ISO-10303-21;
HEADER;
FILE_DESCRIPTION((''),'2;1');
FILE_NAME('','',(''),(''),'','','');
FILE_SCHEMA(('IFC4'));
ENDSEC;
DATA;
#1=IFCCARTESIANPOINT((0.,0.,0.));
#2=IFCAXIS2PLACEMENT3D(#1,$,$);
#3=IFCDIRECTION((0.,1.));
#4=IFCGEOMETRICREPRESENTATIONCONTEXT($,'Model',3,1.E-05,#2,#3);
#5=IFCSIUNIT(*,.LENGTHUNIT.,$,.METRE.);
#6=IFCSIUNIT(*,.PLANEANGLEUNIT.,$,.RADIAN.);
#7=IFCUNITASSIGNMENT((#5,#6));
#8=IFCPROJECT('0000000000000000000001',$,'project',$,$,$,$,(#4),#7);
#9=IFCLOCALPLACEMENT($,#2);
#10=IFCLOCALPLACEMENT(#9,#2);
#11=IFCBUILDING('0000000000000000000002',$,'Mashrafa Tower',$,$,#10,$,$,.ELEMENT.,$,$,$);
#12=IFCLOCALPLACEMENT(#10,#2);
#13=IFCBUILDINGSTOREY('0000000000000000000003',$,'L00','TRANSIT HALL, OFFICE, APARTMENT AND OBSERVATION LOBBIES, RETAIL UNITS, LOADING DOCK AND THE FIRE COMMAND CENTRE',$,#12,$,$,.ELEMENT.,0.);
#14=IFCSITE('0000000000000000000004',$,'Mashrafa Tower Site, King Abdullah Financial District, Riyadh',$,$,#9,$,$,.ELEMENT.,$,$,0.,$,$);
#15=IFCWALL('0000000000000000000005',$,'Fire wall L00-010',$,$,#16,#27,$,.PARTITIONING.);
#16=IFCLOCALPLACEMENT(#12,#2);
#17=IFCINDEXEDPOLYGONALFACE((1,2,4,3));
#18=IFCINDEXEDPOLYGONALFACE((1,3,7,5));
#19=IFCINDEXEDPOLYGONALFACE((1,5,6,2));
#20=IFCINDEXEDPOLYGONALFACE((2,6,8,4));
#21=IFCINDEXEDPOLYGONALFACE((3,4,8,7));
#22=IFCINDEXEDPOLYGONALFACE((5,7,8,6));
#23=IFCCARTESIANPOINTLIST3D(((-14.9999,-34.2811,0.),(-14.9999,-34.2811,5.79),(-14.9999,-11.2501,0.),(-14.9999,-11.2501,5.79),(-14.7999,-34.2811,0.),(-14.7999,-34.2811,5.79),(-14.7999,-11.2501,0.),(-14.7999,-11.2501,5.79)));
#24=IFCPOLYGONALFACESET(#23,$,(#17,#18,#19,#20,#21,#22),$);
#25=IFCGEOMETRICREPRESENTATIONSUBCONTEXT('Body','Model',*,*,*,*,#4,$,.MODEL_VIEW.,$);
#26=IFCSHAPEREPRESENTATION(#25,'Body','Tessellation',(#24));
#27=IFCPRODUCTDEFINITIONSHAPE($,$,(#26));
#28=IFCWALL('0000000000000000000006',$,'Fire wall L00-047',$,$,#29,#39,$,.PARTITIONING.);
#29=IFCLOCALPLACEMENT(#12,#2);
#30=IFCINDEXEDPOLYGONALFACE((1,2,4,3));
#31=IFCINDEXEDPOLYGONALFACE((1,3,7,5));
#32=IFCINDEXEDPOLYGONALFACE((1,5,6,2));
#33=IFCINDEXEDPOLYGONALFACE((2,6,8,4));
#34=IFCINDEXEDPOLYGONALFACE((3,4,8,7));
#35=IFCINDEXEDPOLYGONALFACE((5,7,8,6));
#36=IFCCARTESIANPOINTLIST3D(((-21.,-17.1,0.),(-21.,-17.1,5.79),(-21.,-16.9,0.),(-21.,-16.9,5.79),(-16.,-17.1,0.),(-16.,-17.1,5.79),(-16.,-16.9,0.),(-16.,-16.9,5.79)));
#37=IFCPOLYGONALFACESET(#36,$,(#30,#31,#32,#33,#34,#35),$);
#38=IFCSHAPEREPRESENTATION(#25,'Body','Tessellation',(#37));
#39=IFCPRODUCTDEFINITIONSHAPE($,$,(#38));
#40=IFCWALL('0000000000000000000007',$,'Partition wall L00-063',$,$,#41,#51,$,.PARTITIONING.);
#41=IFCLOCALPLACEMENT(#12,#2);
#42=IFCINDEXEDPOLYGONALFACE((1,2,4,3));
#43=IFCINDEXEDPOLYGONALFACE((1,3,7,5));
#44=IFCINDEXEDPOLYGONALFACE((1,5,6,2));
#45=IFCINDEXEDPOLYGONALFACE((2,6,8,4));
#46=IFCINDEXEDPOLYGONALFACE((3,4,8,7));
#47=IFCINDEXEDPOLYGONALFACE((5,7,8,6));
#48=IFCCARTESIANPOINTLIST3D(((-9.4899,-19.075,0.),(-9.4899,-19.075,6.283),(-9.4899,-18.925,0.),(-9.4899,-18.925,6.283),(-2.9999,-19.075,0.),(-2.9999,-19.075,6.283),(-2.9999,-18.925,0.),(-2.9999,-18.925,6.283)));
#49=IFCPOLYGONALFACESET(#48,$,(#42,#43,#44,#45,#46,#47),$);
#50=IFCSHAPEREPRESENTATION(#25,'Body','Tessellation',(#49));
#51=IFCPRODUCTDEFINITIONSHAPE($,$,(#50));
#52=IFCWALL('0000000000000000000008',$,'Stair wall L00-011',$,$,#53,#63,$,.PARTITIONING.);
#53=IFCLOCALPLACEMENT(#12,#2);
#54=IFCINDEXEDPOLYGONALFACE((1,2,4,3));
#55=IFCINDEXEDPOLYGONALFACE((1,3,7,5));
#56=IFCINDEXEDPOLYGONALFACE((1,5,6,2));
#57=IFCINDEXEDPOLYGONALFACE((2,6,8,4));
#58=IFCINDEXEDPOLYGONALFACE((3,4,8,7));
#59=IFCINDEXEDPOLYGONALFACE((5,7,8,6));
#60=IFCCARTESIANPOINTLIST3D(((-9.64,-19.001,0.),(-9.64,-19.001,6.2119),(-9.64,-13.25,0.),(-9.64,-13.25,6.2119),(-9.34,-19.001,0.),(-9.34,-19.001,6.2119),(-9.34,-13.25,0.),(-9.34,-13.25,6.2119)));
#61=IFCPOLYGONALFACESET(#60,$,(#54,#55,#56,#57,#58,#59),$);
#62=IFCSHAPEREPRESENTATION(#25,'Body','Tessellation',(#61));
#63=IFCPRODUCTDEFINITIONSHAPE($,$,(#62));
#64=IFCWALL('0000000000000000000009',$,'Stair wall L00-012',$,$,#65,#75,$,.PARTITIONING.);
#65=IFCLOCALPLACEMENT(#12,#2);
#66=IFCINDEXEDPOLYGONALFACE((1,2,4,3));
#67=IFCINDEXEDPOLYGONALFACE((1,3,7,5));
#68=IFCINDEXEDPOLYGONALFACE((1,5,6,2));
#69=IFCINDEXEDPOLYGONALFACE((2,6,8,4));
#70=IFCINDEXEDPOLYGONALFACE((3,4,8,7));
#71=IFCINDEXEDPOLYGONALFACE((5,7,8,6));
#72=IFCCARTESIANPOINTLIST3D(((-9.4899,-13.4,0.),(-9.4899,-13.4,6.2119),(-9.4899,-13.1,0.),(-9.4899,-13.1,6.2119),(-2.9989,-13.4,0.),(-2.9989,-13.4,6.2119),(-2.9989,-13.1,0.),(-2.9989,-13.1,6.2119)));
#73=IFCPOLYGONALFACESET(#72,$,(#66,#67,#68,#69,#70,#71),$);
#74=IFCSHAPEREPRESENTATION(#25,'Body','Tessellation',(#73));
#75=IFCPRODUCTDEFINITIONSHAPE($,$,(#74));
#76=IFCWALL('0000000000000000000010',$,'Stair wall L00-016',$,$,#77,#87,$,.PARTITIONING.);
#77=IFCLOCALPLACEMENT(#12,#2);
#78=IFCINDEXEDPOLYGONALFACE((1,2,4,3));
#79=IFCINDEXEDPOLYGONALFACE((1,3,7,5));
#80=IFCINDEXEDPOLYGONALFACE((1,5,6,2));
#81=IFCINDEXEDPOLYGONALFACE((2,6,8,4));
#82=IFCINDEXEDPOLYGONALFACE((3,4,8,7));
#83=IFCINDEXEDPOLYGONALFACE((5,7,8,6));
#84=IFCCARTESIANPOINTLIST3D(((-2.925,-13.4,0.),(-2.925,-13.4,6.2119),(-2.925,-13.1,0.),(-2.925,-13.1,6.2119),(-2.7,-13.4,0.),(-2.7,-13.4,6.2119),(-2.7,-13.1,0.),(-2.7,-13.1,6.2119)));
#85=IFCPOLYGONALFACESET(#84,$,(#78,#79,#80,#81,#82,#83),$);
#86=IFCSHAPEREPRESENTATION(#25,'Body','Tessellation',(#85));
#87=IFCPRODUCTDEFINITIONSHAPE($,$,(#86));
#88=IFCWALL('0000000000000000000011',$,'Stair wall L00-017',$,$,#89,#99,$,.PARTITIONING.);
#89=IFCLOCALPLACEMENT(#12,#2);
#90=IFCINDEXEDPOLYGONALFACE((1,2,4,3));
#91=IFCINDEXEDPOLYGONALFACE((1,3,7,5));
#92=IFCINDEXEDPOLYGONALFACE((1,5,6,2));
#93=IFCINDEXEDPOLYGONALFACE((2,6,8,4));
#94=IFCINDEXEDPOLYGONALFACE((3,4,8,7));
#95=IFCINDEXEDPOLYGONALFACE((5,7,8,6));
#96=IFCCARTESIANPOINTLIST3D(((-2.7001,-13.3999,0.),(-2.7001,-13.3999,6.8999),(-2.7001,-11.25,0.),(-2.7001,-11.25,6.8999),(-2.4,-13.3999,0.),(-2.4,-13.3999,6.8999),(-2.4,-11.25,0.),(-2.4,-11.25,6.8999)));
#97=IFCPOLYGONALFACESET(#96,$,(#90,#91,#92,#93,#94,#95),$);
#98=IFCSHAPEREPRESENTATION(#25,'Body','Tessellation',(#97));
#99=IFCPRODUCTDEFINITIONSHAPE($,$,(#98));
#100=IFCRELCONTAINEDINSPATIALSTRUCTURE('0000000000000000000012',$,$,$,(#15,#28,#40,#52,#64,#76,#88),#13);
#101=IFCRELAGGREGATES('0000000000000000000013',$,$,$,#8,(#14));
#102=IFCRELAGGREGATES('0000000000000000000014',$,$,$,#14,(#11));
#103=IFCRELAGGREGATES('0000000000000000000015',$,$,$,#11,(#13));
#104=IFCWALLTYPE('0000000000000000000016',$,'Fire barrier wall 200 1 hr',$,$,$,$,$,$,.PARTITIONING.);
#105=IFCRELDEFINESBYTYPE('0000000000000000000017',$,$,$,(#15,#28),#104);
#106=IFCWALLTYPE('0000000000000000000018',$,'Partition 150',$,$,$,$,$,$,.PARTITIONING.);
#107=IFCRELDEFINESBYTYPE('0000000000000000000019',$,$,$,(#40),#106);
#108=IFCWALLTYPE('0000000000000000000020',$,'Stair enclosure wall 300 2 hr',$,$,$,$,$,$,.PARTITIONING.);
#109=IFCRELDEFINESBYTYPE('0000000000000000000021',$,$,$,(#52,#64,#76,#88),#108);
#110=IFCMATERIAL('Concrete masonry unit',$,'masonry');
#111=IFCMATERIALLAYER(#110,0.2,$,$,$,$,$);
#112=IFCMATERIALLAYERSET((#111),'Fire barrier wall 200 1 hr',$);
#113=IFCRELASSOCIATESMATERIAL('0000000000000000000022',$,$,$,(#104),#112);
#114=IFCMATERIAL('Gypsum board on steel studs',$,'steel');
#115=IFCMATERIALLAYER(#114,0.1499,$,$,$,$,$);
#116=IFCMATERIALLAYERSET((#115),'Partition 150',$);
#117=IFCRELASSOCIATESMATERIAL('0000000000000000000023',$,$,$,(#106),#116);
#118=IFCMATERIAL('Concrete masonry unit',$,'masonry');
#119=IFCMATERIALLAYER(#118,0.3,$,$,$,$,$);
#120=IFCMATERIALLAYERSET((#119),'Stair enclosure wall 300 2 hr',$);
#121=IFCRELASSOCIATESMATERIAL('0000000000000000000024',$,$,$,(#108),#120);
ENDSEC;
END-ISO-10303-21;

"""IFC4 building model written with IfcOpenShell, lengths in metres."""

from ifc_helpers import new_model, si_unit, direction, frame, frame_2d, origin, place, context, subcontext, project, spatial, rectangle, extrude, material, layer, layer_set, type_object, element, save


model = new_model("IFC4")

# Units and contexts
model_context = context("Model", 3, precision=1e-05, world=origin(), true_north=direction((0.0, 1.0)))
body_context = subcontext(model_context, "Body", "Model", "MODEL_VIEW")
ifc_project = project(units=[si_unit("LENGTHUNIT", "METRE"), si_unit("PLANEANGLEUNIT", "RADIAN")], contexts=[model_context])

# Site, building, storey
site_placement = place(None, origin())
site = spatial("IfcSite", under=ifc_project, at=site_placement, Name="Mashrafa Tower Site, King Abdullah Financial District, Riyadh", CompositionType="ELEMENT", RefElevation=0.0)
building_placement = place(site_placement, origin())
building = spatial("IfcBuilding", under=site, at=building_placement, Name="Mashrafa Tower", CompositionType="ELEMENT")
storey_placement = place(building_placement, origin())
storey = spatial("IfcBuildingStorey", under=building, at=storey_placement, Name="L00", Description="TRANSIT HALL, OFFICE, APARTMENT AND OBSERVATION LOBBIES, RETAIL UNITS, LOADING DOCK AND THE FIRE COMMAND CENTRE", CompositionType="ELEMENT", Elevation=0.0)

# Walls
ifc_material_1 = material(Name="Concrete masonry unit", Category="masonry")
ifc_layer_1 = layer(ifc_material_1, 0.2)
ifc_layer_set_1 = layer_set([ifc_layer_1], Name="Fire barrier wall 200 1 hr")
wall_type_1 = type_object("IfcWallType", Name="Fire barrier wall 200 1 hr", PredefinedType="PARTITIONING", material=ifc_layer_set_1)
wall_1_placement = place(storey_placement, frame((-14.8999, -11.25, 0.0), z_axis=(0.0, 0.0, 1.0), x_axis=(0.0, -1.0, 0.0)))
element("IfcWall", 1, at=wall_1_placement, inside=storey, type_object=wall_type_1, Name="Fire wall L00-010", PredefinedType="PARTITIONING", context=body_context, shape_type="SweptSolid", body=[
    extrude(rectangle(XDim=23.031, YDim=0.2, at=frame_2d((11.5156, 0.0))), origin(), (0.0, 0.0, 1.0), 5.79),
])
wall_2_placement = place(storey_placement, frame((-16.0, -17.0, 0.0), z_axis=(0.0, 0.0, 1.0), x_axis=(-1.0, 0.0, 0.0)))
element("IfcWall", 2, at=wall_2_placement, inside=storey, type_object=wall_type_1, Name="Fire wall L00-047", PredefinedType="PARTITIONING", context=body_context, shape_type="SweptSolid", body=[
    extrude(rectangle(XDim=5.0, YDim=0.2, at=frame_2d((2.5, 0.0))), origin(), (0.0, 0.0, 1.0), 5.79),
])
ifc_material_2 = material(Name="Gypsum board on steel studs", Category="steel")
ifc_layer_2 = layer(ifc_material_2, 0.1499)
ifc_layer_set_2 = layer_set([ifc_layer_2], Name="Partition 150")
wall_type_2 = type_object("IfcWallType", Name="Partition 150", PredefinedType="PARTITIONING", material=ifc_layer_set_2)
wall_3_placement = place(storey_placement, frame((-9.49, -19.0, 0.0), z_axis=(0.0, 0.0, 1.0), x_axis=(1.0, 0.0, 0.0)))
element("IfcWall", 3, at=wall_3_placement, inside=storey, type_object=wall_type_2, Name="Partition wall L00-063", PredefinedType="PARTITIONING", context=body_context, shape_type="SweptSolid", body=[
    extrude(rectangle(XDim=6.49, YDim=0.1499, at=frame_2d((3.2451, 0.0))), origin(), (0.0, 0.0, 1.0), 6.283),
])
ifc_material_3 = material(Name="Concrete masonry unit", Category="masonry")
ifc_layer_3 = layer(ifc_material_3, 0.3)
ifc_layer_set_3 = layer_set([ifc_layer_3], Name="Stair enclosure wall 300 2 hr")
wall_type_3 = type_object("IfcWallType", Name="Stair enclosure wall 300 2 hr", PredefinedType="PARTITIONING", material=ifc_layer_set_3)
wall_4_placement = place(storey_placement, frame((-9.49, -19.001, 0.0), z_axis=(0.0, 0.0, 1.0), x_axis=(0.0, 1.0, 0.0)))
element("IfcWall", 4, at=wall_4_placement, inside=storey, type_object=wall_type_3, Name="Stair wall L00-011", PredefinedType="PARTITIONING", context=body_context, shape_type="SweptSolid", body=[
    extrude(rectangle(XDim=5.751, YDim=0.3, at=frame_2d((2.8755, 0.0))), origin(), (0.0, 0.0, 1.0), 6.2119),
])
wall_5_placement = place(storey_placement, frame((-9.49, -13.25, 0.0), z_axis=(0.0, 0.0, 1.0), x_axis=(1.0, 0.0, 0.0)))
element("IfcWall", 5, at=wall_5_placement, inside=storey, type_object=wall_type_3, Name="Stair wall L00-012", PredefinedType="PARTITIONING", context=body_context, shape_type="SweptSolid", body=[
    extrude(rectangle(XDim=6.491, YDim=0.3, at=frame_2d((3.2456, 0.0))), origin(), (0.0, 0.0, 1.0), 6.2119),
])
wall_6_placement = place(storey_placement, frame((-2.925, -13.25, 0.0), z_axis=(0.0, 0.0, 1.0), x_axis=(1.0, 0.0, 0.0)))
element("IfcWall", 6, at=wall_6_placement, inside=storey, type_object=wall_type_3, Name="Stair wall L00-016", PredefinedType="PARTITIONING", context=body_context, shape_type="SweptSolid", body=[
    extrude(rectangle(XDim=0.2251, YDim=0.3, at=frame_2d((0.1125, 0.0))), origin(), (0.0, 0.0, 1.0), 6.2119),
])
wall_7_placement = place(storey_placement, frame((-2.55, -13.3999, 0.0), z_axis=(0.0, 0.0, 1.0), x_axis=(0.0, 1.0, 0.0)))
element("IfcWall", 7, at=wall_7_placement, inside=storey, type_object=wall_type_3, Name="Stair wall L00-017", PredefinedType="PARTITIONING", context=body_context, shape_type="SweptSolid", body=[
    extrude(rectangle(XDim=2.1499, YDim=0.3, at=frame_2d((1.075, 0.0))), origin(), (0.0, 0.0, 1.0), 6.8999),
])

save(model, "model.ifc")
